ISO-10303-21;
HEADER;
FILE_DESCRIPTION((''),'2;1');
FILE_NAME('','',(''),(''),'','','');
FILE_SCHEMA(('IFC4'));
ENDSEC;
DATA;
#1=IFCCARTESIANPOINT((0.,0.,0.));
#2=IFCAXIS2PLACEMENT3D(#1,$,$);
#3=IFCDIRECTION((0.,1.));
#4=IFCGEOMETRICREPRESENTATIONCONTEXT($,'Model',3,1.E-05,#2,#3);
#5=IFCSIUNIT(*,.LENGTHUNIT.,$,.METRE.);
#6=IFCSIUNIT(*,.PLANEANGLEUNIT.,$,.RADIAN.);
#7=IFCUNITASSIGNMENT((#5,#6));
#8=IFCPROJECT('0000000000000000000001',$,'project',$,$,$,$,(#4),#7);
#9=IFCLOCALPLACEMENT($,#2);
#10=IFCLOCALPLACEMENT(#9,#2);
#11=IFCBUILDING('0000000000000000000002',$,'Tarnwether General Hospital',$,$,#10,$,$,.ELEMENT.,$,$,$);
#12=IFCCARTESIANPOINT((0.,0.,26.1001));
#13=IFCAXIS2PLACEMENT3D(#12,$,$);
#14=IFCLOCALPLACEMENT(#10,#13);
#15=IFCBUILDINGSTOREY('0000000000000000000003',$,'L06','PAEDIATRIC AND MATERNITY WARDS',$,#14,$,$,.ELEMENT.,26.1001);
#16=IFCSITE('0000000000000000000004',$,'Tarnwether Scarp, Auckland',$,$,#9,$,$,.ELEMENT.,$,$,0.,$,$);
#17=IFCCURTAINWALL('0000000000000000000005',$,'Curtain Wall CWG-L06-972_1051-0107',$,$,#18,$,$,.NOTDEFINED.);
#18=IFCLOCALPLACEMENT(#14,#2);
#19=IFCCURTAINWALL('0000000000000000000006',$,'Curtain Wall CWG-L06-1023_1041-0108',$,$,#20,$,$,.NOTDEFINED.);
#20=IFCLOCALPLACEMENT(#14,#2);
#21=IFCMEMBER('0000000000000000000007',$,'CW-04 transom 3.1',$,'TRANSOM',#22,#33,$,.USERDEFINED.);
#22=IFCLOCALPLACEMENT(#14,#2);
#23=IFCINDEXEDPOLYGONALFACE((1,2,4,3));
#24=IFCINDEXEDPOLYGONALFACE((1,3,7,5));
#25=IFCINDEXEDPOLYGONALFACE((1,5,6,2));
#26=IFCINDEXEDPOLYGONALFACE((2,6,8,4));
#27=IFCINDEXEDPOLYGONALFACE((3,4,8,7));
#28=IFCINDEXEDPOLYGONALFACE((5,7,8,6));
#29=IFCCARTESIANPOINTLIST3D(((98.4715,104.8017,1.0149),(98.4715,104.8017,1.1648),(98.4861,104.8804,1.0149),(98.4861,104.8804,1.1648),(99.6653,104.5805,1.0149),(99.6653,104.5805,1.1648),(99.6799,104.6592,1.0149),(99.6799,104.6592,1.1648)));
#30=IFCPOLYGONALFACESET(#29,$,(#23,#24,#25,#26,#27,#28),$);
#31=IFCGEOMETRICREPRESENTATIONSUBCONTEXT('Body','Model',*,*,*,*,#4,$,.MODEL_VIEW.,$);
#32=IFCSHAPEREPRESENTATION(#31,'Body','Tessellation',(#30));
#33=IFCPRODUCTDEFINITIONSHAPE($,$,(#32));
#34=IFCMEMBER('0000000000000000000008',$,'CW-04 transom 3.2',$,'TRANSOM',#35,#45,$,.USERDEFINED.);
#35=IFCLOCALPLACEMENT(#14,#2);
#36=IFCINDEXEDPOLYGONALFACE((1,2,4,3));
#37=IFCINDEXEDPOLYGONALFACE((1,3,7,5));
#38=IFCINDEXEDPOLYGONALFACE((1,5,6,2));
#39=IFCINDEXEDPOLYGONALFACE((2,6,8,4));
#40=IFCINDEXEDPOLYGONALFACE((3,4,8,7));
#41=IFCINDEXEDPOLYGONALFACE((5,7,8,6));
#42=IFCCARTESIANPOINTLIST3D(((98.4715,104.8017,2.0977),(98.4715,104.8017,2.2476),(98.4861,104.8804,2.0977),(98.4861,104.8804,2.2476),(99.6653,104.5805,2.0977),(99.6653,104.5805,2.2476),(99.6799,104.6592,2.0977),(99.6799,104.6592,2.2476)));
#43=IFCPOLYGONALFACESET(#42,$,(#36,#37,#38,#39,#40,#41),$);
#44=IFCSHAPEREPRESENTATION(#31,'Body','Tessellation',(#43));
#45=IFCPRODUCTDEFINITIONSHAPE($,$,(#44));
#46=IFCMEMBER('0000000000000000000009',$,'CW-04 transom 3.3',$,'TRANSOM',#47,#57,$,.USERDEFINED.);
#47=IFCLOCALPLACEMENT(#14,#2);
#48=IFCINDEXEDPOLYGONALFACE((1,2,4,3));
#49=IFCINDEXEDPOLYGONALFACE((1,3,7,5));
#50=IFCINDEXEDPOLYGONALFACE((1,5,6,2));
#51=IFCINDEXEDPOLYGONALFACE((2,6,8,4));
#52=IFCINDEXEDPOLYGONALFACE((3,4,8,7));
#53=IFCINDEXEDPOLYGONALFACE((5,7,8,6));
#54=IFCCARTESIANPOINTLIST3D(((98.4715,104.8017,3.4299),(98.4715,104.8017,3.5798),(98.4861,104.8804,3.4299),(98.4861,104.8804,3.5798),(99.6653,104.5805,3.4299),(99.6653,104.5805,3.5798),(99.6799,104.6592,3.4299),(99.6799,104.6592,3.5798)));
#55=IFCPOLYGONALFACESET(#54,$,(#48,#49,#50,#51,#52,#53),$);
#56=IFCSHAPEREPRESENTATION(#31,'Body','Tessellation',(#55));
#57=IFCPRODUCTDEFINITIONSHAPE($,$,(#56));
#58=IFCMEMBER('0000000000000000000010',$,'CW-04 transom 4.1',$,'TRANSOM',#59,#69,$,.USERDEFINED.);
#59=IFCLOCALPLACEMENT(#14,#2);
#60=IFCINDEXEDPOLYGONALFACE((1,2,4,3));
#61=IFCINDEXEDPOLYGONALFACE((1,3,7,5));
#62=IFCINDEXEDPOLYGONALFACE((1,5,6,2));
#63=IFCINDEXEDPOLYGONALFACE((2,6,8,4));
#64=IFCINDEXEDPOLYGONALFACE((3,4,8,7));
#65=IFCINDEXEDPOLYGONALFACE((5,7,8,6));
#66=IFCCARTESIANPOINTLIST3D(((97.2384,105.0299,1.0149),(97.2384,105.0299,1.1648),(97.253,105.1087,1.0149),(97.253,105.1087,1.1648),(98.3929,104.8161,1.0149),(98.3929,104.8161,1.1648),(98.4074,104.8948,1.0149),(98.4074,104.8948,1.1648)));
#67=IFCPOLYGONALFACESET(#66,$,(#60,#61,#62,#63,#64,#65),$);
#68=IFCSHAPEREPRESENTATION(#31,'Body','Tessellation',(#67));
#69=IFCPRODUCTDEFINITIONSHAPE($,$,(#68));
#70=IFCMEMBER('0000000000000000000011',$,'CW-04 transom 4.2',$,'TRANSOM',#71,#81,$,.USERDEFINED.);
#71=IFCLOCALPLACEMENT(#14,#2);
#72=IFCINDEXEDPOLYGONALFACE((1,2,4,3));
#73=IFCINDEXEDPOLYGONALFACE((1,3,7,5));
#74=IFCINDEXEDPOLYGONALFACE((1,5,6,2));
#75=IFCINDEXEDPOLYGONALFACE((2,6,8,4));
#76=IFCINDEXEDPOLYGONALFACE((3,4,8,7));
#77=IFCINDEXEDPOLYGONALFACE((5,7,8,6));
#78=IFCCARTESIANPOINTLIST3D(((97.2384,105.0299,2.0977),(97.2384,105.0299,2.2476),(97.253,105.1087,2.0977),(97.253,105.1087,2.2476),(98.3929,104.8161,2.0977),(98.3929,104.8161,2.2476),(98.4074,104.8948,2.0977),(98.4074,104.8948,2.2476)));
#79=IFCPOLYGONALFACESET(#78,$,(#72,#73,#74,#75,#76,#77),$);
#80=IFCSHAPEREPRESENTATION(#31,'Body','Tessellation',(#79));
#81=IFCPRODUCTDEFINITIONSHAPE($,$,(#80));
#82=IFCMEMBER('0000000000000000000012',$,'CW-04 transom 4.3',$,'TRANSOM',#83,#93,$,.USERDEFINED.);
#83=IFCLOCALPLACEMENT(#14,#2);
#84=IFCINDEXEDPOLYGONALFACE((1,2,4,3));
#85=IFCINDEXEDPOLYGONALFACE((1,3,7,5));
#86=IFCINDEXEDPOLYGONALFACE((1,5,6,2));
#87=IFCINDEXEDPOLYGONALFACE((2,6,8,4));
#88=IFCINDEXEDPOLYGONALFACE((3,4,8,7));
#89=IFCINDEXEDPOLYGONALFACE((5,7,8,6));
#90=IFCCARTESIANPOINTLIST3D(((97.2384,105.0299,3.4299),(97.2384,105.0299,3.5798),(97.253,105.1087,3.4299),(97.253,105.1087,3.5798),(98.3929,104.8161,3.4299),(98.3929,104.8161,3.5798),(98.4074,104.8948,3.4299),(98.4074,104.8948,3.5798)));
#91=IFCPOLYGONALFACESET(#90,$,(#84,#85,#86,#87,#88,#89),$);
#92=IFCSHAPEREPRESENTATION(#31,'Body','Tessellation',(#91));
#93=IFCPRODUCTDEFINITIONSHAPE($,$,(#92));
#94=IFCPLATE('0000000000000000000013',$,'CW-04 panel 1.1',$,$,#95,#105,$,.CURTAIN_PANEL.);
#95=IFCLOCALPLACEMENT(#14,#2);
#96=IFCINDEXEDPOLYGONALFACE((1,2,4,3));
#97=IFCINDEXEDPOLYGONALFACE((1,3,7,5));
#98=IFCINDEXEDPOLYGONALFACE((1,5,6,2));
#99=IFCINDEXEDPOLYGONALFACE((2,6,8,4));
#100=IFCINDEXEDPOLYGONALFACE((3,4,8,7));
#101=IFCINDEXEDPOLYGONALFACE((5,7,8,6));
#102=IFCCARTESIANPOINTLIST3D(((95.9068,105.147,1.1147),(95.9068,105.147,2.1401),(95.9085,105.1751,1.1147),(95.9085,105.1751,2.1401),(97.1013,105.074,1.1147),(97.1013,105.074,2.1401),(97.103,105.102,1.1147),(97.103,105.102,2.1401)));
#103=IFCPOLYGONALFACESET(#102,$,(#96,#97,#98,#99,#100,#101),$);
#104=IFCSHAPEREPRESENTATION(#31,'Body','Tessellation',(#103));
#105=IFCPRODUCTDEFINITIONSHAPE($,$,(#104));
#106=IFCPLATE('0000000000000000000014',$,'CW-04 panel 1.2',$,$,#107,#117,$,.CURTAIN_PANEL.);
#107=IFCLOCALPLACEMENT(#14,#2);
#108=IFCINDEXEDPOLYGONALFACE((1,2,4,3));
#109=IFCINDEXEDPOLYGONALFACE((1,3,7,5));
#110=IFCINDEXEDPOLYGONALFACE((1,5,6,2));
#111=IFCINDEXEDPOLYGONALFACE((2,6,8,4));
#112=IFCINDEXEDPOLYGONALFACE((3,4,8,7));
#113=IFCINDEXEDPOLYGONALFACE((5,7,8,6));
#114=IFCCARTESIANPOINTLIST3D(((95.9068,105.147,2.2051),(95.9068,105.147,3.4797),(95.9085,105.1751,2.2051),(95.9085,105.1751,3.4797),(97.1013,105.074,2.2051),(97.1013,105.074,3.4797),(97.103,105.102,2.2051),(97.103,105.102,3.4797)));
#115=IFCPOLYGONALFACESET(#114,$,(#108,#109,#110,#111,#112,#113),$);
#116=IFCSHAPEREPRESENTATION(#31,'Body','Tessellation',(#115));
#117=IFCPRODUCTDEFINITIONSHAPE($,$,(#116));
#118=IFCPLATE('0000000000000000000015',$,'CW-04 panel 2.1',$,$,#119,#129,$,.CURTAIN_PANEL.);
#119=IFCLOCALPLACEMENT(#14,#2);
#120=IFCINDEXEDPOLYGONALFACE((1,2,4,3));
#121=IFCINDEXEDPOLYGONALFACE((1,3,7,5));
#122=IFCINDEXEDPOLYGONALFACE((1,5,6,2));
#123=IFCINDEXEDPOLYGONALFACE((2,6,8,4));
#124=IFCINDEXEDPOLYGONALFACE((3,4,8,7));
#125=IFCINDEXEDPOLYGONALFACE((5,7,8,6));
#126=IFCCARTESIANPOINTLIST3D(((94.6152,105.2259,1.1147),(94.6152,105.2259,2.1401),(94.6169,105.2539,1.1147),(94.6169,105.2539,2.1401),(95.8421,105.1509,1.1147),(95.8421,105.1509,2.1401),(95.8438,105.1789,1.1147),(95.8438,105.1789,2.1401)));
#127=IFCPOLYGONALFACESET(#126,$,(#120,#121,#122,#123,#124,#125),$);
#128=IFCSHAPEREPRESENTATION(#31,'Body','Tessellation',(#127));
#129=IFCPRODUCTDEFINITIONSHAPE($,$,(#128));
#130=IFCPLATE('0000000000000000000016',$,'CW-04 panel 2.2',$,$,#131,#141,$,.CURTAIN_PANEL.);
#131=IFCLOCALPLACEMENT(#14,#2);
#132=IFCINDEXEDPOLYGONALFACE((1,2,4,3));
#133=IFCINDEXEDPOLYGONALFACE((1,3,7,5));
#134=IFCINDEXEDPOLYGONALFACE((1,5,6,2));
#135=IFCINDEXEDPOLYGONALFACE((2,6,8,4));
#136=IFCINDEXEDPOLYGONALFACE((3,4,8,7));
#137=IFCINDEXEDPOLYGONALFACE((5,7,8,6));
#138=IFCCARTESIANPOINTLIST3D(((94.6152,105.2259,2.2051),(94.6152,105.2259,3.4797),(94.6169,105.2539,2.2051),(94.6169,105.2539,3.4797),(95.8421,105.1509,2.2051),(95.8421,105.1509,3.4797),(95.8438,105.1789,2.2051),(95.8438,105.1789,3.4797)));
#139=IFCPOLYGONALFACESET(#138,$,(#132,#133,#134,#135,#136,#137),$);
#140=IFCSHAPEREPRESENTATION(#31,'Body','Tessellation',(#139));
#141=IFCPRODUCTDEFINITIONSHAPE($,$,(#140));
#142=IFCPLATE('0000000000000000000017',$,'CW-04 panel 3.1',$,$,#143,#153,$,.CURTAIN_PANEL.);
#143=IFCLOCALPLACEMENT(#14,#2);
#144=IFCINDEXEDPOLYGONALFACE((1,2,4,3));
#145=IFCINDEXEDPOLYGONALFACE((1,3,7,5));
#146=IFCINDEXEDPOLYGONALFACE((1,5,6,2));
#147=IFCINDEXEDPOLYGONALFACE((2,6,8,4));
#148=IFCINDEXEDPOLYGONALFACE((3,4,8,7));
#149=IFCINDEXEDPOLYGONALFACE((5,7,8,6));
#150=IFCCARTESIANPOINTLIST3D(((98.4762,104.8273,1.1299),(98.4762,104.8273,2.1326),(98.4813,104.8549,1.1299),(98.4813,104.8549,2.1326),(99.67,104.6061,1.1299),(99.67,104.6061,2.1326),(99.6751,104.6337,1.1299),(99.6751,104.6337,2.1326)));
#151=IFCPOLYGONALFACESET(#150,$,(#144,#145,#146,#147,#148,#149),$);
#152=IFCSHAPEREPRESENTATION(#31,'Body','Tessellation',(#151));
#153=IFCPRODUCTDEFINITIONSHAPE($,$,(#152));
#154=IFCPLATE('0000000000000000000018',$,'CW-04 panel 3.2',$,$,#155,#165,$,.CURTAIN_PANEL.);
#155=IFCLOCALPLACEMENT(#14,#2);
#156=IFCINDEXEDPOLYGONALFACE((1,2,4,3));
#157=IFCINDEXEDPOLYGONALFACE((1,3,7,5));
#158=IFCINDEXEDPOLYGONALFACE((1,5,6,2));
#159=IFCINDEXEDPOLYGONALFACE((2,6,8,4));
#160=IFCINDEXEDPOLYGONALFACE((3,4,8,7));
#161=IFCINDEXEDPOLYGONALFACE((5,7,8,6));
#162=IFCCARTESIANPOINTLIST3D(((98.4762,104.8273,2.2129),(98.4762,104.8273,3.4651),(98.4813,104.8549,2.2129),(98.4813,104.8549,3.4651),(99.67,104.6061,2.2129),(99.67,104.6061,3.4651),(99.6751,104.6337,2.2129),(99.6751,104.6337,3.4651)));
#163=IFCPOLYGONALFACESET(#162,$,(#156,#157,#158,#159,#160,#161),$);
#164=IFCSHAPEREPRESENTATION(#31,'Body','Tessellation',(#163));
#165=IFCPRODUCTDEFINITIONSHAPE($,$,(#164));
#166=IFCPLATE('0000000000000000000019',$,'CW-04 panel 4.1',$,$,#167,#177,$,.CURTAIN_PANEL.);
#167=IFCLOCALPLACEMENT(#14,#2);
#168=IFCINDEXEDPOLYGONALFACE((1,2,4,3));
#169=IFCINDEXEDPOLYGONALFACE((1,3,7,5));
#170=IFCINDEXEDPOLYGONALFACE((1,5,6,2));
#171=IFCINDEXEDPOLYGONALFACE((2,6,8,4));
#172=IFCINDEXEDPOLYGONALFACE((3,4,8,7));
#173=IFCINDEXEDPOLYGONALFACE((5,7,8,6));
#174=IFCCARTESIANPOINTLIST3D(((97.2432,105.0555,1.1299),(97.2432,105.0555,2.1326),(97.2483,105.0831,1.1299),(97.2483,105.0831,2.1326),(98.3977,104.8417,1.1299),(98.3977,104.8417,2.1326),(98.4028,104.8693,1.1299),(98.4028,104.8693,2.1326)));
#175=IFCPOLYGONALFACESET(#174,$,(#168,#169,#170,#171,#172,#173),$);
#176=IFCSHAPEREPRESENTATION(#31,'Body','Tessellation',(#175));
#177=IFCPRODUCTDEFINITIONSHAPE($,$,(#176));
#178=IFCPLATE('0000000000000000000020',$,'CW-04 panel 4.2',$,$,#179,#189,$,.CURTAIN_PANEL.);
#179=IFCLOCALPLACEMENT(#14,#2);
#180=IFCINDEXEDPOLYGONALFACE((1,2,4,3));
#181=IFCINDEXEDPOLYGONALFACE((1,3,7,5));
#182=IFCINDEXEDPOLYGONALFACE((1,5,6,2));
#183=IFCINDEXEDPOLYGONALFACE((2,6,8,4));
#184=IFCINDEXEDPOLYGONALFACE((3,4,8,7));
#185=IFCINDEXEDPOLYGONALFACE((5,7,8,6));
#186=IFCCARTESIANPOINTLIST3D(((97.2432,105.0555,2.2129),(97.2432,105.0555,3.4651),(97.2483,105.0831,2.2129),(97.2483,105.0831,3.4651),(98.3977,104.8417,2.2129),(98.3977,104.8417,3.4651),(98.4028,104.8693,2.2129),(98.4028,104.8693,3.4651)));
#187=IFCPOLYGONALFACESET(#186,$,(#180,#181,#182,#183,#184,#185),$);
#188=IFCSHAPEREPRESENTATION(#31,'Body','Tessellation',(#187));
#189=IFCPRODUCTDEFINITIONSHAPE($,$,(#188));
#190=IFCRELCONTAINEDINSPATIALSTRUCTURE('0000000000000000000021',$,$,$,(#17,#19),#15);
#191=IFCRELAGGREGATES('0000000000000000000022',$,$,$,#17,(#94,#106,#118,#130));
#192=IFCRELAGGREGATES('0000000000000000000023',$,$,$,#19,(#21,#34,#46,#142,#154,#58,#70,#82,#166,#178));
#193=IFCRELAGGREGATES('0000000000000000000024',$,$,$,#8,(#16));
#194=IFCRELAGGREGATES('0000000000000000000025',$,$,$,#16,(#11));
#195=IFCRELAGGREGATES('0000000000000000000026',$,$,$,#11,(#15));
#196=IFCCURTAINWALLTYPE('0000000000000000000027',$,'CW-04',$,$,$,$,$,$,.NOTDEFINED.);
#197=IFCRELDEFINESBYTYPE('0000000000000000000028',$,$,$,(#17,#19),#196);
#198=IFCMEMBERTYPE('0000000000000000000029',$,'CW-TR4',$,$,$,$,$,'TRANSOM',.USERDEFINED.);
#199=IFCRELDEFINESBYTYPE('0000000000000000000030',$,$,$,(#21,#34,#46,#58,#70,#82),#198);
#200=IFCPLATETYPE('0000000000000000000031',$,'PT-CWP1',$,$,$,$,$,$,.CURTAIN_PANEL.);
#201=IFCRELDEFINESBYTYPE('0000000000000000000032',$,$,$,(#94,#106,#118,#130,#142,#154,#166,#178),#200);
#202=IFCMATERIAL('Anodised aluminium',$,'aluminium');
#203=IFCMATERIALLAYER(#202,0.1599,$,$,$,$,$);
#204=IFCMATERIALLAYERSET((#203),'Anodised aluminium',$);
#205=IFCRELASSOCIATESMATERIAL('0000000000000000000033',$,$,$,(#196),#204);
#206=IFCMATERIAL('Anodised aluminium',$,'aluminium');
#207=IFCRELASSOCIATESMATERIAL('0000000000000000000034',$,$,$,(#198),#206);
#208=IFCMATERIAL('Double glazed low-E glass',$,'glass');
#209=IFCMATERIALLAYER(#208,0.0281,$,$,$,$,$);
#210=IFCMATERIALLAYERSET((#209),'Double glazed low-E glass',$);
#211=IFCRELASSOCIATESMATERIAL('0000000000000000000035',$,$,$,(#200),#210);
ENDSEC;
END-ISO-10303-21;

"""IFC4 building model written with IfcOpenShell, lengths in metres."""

from ifc_helpers import new_model, si_unit, direction, frame, origin, origin_2d, place, context, subcontext, project, spatial, rectangle, extrude, material, layer, layer_set, material_profile, profile_set, type_object, element, aggregate, save


model = new_model("IFC4")

# Units and contexts
model_context = context("Model", 3, precision=1e-05, world=origin(), true_north=direction((0.0, 1.0)))
body_context = subcontext(model_context, "Body", "Model", "MODEL_VIEW")
ifc_project = project(units=[si_unit("LENGTHUNIT", "METRE"), si_unit("PLANEANGLEUNIT", "RADIAN")], contexts=[model_context])

# Site, building, storey
site_placement = place(None, origin())
site = spatial("IfcSite", under=ifc_project, at=site_placement, Name="Tarnwether Scarp, Auckland", CompositionType="ELEMENT", RefElevation=0.0)
building_placement = place(site_placement, origin())
building = spatial("IfcBuilding", under=site, at=building_placement, Name="Tarnwether General Hospital", CompositionType="ELEMENT")
storey_placement = place(building_placement, frame((0.0, 0.0, 26.1001)))
storey = spatial("IfcBuildingStorey", under=building, at=storey_placement, Name="L06", Description="PAEDIATRIC AND MATERNITY WARDS", CompositionType="ELEMENT", Elevation=26.1001)

# Curtain walls
ifc_material_1 = material(Name="Anodised aluminium", Category="aluminium")
ifc_layer_1 = layer(ifc_material_1, 0.1599)
ifc_layer_set_1 = layer_set([ifc_layer_1], Name="Anodised aluminium")
curtain_wall_type = type_object("IfcCurtainWallType", Name="CW-04", PredefinedType="NOTDEFINED", material=ifc_layer_set_1)
curtain_wall_1_placement = place(storey_placement, origin())
curtain_wall_1 = element("IfcCurtainWall", 1, at=curtain_wall_1_placement, inside=storey, type_object=curtain_wall_type, Name="Curtain Wall CWG-L06-972_1051-0107", PredefinedType="NOTDEFINED")
curtain_wall_2_placement = place(storey_placement, origin())
curtain_wall_2 = element("IfcCurtainWall", 2, at=curtain_wall_2_placement, inside=storey, type_object=curtain_wall_type, Name="Curtain Wall CWG-L06-1023_1041-0108", PredefinedType="NOTDEFINED")

# Members
ifc_material_2 = material(Name="Anodised aluminium", Category="aluminium")
ifc_material_profile_1 = material_profile(ifc_material_2, rectangle(XDim=0.0801, YDim=0.1499, at=origin_2d()), Name="ALU-TRN-80x150")
ifc_profile_set_1 = profile_set([ifc_material_profile_1], Name="Anodised aluminium")
member_type_1 = type_object("IfcMemberType", Name="CW-TR4", ElementType="TRANSOM", PredefinedType="USERDEFINED", material=ifc_profile_set_1)
member_1_placement = place(storey_placement, frame((99.6726, 104.6199, 1.0898), z_axis=(-0.983266, 0.182176, 0.0), x_axis=(-0.182176, -0.983266, 0.0)))
member_1 = element("IfcMember", 3, at=member_1_placement, type_object=member_type_1, Name="CW-04 transom 3.1", ObjectType="TRANSOM", PredefinedType="USERDEFINED", context=body_context, shape_type="SweptSolid", body=[
    extrude(rectangle(XDim=0.0801, YDim=0.1499, at=origin_2d()), origin(), (0.0, 0.0, 1.0), 1.2141),
])
member_2_placement = place(storey_placement, frame((99.6726, 104.6199, 2.1726), z_axis=(-0.983266, 0.182176, 0.0), x_axis=(-0.182176, -0.983266, 0.0)))
member_2 = element("IfcMember", 4, at=member_2_placement, type_object=member_type_1, Name="CW-04 transom 3.2", ObjectType="TRANSOM", PredefinedType="USERDEFINED", context=body_context, shape_type="SweptSolid", body=[
    extrude(rectangle(XDim=0.0801, YDim=0.1499, at=origin_2d()), origin(), (0.0, 0.0, 1.0), 1.2141),
])
member_3_placement = place(storey_placement, frame((99.6726, 104.6199, 3.5049), z_axis=(-0.983266, 0.182176, 0.0), x_axis=(-0.182176, -0.983266, 0.0)))
member_3 = element("IfcMember", 5, at=member_3_placement, type_object=member_type_1, Name="CW-04 transom 3.3", ObjectType="TRANSOM", PredefinedType="USERDEFINED", context=body_context, shape_type="SweptSolid", body=[
    extrude(rectangle(XDim=0.0801, YDim=0.1499, at=origin_2d()), origin(), (0.0, 0.0, 1.0), 1.2141),
])
member_4_placement = place(storey_placement, frame((98.4001, 104.8555, 1.0898), z_axis=(-0.983272, 0.182141, 0.0), x_axis=(-0.182141, -0.983272, 0.0)))
member_4 = element("IfcMember", 6, at=member_4_placement, type_object=member_type_1, Name="CW-04 transom 4.1", ObjectType="TRANSOM", PredefinedType="USERDEFINED", context=body_context, shape_type="SweptSolid", body=[
    extrude(rectangle(XDim=0.0801, YDim=0.1499, at=origin_2d()), origin(), (0.0, 0.0, 1.0), 1.1741),
])
member_5_placement = place(storey_placement, frame((98.4001, 104.8555, 2.1726), z_axis=(-0.983272, 0.182141, 0.0), x_axis=(-0.182141, -0.983272, 0.0)))
member_5 = element("IfcMember", 7, at=member_5_placement, type_object=member_type_1, Name="CW-04 transom 4.2", ObjectType="TRANSOM", PredefinedType="USERDEFINED", context=body_context, shape_type="SweptSolid", body=[
    extrude(rectangle(XDim=0.0801, YDim=0.1499, at=origin_2d()), origin(), (0.0, 0.0, 1.0), 1.1741),
])
member_6_placement = place(storey_placement, frame((98.4001, 104.8555, 3.5049), z_axis=(-0.983272, 0.182141, 0.0), x_axis=(-0.182141, -0.983272, 0.0)))
member_6 = element("IfcMember", 8, at=member_6_placement, type_object=member_type_1, Name="CW-04 transom 4.3", ObjectType="TRANSOM", PredefinedType="USERDEFINED", context=body_context, shape_type="SweptSolid", body=[
    extrude(rectangle(XDim=0.0801, YDim=0.1499, at=origin_2d()), origin(), (0.0, 0.0, 1.0), 1.1741),
])

# Plates
ifc_material_3 = material(Name="Double glazed low-E glass", Category="glass")
ifc_layer_2 = layer(ifc_material_3, 0.0281)
ifc_layer_set_2 = layer_set([ifc_layer_2], Name="Double glazed low-E glass")
plate_type = type_object("IfcPlateType", Name="PT-CWP1", PredefinedType="CURTAIN_PANEL", material=ifc_layer_set_2)
plate_1_placement = place(storey_placement, frame((96.5049, 105.1245, 1.1147), z_axis=(0.0, 0.0, 1.0), x_axis=(-0.998135, 0.061043, 0.0)))
plate_1 = element("IfcPlate", 9, at=plate_1_placement, type_object=plate_type, Name="CW-04 panel 1.1", PredefinedType="CURTAIN_PANEL", context=body_context, shape_type="SweptSolid", body=[
    extrude(rectangle(XDim=1.1968, YDim=0.0281, at=origin_2d()), origin(), (0.0, 0.0, 1.0), 1.0254),
])
plate_2_placement = place(storey_placement, frame((96.5049, 105.1245, 2.2051), z_axis=(0.0, 0.0, 1.0), x_axis=(-0.998135, 0.061043, 0.0)))
plate_2 = element("IfcPlate", 10, at=plate_2_placement, type_object=plate_type, Name="CW-04 panel 1.2", PredefinedType="CURTAIN_PANEL", context=body_context, shape_type="SweptSolid", body=[
    extrude(rectangle(XDim=1.1968, YDim=0.0281, at=origin_2d()), origin(), (0.0, 0.0, 1.0), 1.2747),
])
plate_3_placement = place(storey_placement, frame((95.2295, 105.2024, 1.1147), z_axis=(0.0, 0.0, 1.0), x_axis=(-0.998135, 0.061043, 0.0)))
plate_3 = element("IfcPlate", 11, at=plate_3_placement, type_object=plate_type, Name="CW-04 panel 2.1", PredefinedType="CURTAIN_PANEL", context=body_context, shape_type="SweptSolid", body=[
    extrude(rectangle(XDim=1.2292, YDim=0.0281, at=origin_2d()), origin(), (0.0, 0.0, 1.0), 1.0254),
])
plate_4_placement = place(storey_placement, frame((95.2295, 105.2024, 2.2051), z_axis=(0.0, 0.0, 1.0), x_axis=(-0.998135, 0.061043, 0.0)))
plate_4 = element("IfcPlate", 12, at=plate_4_placement, type_object=plate_type, Name="CW-04 panel 2.2", PredefinedType="CURTAIN_PANEL", context=body_context, shape_type="SweptSolid", body=[
    extrude(rectangle(XDim=1.2292, YDim=0.0281, at=origin_2d()), origin(), (0.0, 0.0, 1.0), 1.2747),
])
aggregate(curtain_wall_1, [plate_1, plate_2, plate_3, plate_4])
plate_5_placement = place(storey_placement, frame((99.0757, 104.7305, 1.1299), z_axis=(0.0, 0.0, 1.0), x_axis=(-0.983268, 0.182165, 0.0)))
plate_5 = element("IfcPlate", 13, at=plate_5_placement, type_object=plate_type, Name="CW-04 panel 3.1", PredefinedType="CURTAIN_PANEL", context=body_context, shape_type="SweptSolid", body=[
    extrude(rectangle(XDim=1.2141, YDim=0.0281, at=origin_2d()), origin(), (0.0, 0.0, 1.0), 1.0027),
])
plate_6_placement = place(storey_placement, frame((99.0757, 104.7305, 2.2129), z_axis=(0.0, 0.0, 1.0), x_axis=(-0.983268, 0.182165, 0.0)))
plate_6 = element("IfcPlate", 14, at=plate_6_placement, type_object=plate_type, Name="CW-04 panel 3.2", PredefinedType="CURTAIN_PANEL", context=body_context, shape_type="SweptSolid", body=[
    extrude(rectangle(XDim=1.2141, YDim=0.0281, at=origin_2d()), origin(), (0.0, 0.0, 1.0), 1.2522),
])
plate_7_placement = place(storey_placement, frame((97.823, 104.9624, 1.1299), z_axis=(0.0, 0.0, 1.0), x_axis=(-0.983268, 0.182165, 0.0)))
plate_7 = element("IfcPlate", 15, at=plate_7_placement, type_object=plate_type, Name="CW-04 panel 4.1", PredefinedType="CURTAIN_PANEL", context=body_context, shape_type="SweptSolid", body=[
    extrude(rectangle(XDim=1.1741, YDim=0.0281, at=origin_2d()), origin(), (0.0, 0.0, 1.0), 1.0027),
])
plate_8_placement = place(storey_placement, frame((97.823, 104.9624, 2.2129), z_axis=(0.0, 0.0, 1.0), x_axis=(-0.983268, 0.182165, 0.0)))
plate_8 = element("IfcPlate", 16, at=plate_8_placement, type_object=plate_type, Name="CW-04 panel 4.2", PredefinedType="CURTAIN_PANEL", context=body_context, shape_type="SweptSolid", body=[
    extrude(rectangle(XDim=1.1741, YDim=0.0281, at=origin_2d()), origin(), (0.0, 0.0, 1.0), 1.2522),
])
aggregate(curtain_wall_2, [member_1, member_2, member_3, plate_5, plate_6, member_4, member_5, member_6, plate_7, plate_8])

save(model, "model.ifc")
